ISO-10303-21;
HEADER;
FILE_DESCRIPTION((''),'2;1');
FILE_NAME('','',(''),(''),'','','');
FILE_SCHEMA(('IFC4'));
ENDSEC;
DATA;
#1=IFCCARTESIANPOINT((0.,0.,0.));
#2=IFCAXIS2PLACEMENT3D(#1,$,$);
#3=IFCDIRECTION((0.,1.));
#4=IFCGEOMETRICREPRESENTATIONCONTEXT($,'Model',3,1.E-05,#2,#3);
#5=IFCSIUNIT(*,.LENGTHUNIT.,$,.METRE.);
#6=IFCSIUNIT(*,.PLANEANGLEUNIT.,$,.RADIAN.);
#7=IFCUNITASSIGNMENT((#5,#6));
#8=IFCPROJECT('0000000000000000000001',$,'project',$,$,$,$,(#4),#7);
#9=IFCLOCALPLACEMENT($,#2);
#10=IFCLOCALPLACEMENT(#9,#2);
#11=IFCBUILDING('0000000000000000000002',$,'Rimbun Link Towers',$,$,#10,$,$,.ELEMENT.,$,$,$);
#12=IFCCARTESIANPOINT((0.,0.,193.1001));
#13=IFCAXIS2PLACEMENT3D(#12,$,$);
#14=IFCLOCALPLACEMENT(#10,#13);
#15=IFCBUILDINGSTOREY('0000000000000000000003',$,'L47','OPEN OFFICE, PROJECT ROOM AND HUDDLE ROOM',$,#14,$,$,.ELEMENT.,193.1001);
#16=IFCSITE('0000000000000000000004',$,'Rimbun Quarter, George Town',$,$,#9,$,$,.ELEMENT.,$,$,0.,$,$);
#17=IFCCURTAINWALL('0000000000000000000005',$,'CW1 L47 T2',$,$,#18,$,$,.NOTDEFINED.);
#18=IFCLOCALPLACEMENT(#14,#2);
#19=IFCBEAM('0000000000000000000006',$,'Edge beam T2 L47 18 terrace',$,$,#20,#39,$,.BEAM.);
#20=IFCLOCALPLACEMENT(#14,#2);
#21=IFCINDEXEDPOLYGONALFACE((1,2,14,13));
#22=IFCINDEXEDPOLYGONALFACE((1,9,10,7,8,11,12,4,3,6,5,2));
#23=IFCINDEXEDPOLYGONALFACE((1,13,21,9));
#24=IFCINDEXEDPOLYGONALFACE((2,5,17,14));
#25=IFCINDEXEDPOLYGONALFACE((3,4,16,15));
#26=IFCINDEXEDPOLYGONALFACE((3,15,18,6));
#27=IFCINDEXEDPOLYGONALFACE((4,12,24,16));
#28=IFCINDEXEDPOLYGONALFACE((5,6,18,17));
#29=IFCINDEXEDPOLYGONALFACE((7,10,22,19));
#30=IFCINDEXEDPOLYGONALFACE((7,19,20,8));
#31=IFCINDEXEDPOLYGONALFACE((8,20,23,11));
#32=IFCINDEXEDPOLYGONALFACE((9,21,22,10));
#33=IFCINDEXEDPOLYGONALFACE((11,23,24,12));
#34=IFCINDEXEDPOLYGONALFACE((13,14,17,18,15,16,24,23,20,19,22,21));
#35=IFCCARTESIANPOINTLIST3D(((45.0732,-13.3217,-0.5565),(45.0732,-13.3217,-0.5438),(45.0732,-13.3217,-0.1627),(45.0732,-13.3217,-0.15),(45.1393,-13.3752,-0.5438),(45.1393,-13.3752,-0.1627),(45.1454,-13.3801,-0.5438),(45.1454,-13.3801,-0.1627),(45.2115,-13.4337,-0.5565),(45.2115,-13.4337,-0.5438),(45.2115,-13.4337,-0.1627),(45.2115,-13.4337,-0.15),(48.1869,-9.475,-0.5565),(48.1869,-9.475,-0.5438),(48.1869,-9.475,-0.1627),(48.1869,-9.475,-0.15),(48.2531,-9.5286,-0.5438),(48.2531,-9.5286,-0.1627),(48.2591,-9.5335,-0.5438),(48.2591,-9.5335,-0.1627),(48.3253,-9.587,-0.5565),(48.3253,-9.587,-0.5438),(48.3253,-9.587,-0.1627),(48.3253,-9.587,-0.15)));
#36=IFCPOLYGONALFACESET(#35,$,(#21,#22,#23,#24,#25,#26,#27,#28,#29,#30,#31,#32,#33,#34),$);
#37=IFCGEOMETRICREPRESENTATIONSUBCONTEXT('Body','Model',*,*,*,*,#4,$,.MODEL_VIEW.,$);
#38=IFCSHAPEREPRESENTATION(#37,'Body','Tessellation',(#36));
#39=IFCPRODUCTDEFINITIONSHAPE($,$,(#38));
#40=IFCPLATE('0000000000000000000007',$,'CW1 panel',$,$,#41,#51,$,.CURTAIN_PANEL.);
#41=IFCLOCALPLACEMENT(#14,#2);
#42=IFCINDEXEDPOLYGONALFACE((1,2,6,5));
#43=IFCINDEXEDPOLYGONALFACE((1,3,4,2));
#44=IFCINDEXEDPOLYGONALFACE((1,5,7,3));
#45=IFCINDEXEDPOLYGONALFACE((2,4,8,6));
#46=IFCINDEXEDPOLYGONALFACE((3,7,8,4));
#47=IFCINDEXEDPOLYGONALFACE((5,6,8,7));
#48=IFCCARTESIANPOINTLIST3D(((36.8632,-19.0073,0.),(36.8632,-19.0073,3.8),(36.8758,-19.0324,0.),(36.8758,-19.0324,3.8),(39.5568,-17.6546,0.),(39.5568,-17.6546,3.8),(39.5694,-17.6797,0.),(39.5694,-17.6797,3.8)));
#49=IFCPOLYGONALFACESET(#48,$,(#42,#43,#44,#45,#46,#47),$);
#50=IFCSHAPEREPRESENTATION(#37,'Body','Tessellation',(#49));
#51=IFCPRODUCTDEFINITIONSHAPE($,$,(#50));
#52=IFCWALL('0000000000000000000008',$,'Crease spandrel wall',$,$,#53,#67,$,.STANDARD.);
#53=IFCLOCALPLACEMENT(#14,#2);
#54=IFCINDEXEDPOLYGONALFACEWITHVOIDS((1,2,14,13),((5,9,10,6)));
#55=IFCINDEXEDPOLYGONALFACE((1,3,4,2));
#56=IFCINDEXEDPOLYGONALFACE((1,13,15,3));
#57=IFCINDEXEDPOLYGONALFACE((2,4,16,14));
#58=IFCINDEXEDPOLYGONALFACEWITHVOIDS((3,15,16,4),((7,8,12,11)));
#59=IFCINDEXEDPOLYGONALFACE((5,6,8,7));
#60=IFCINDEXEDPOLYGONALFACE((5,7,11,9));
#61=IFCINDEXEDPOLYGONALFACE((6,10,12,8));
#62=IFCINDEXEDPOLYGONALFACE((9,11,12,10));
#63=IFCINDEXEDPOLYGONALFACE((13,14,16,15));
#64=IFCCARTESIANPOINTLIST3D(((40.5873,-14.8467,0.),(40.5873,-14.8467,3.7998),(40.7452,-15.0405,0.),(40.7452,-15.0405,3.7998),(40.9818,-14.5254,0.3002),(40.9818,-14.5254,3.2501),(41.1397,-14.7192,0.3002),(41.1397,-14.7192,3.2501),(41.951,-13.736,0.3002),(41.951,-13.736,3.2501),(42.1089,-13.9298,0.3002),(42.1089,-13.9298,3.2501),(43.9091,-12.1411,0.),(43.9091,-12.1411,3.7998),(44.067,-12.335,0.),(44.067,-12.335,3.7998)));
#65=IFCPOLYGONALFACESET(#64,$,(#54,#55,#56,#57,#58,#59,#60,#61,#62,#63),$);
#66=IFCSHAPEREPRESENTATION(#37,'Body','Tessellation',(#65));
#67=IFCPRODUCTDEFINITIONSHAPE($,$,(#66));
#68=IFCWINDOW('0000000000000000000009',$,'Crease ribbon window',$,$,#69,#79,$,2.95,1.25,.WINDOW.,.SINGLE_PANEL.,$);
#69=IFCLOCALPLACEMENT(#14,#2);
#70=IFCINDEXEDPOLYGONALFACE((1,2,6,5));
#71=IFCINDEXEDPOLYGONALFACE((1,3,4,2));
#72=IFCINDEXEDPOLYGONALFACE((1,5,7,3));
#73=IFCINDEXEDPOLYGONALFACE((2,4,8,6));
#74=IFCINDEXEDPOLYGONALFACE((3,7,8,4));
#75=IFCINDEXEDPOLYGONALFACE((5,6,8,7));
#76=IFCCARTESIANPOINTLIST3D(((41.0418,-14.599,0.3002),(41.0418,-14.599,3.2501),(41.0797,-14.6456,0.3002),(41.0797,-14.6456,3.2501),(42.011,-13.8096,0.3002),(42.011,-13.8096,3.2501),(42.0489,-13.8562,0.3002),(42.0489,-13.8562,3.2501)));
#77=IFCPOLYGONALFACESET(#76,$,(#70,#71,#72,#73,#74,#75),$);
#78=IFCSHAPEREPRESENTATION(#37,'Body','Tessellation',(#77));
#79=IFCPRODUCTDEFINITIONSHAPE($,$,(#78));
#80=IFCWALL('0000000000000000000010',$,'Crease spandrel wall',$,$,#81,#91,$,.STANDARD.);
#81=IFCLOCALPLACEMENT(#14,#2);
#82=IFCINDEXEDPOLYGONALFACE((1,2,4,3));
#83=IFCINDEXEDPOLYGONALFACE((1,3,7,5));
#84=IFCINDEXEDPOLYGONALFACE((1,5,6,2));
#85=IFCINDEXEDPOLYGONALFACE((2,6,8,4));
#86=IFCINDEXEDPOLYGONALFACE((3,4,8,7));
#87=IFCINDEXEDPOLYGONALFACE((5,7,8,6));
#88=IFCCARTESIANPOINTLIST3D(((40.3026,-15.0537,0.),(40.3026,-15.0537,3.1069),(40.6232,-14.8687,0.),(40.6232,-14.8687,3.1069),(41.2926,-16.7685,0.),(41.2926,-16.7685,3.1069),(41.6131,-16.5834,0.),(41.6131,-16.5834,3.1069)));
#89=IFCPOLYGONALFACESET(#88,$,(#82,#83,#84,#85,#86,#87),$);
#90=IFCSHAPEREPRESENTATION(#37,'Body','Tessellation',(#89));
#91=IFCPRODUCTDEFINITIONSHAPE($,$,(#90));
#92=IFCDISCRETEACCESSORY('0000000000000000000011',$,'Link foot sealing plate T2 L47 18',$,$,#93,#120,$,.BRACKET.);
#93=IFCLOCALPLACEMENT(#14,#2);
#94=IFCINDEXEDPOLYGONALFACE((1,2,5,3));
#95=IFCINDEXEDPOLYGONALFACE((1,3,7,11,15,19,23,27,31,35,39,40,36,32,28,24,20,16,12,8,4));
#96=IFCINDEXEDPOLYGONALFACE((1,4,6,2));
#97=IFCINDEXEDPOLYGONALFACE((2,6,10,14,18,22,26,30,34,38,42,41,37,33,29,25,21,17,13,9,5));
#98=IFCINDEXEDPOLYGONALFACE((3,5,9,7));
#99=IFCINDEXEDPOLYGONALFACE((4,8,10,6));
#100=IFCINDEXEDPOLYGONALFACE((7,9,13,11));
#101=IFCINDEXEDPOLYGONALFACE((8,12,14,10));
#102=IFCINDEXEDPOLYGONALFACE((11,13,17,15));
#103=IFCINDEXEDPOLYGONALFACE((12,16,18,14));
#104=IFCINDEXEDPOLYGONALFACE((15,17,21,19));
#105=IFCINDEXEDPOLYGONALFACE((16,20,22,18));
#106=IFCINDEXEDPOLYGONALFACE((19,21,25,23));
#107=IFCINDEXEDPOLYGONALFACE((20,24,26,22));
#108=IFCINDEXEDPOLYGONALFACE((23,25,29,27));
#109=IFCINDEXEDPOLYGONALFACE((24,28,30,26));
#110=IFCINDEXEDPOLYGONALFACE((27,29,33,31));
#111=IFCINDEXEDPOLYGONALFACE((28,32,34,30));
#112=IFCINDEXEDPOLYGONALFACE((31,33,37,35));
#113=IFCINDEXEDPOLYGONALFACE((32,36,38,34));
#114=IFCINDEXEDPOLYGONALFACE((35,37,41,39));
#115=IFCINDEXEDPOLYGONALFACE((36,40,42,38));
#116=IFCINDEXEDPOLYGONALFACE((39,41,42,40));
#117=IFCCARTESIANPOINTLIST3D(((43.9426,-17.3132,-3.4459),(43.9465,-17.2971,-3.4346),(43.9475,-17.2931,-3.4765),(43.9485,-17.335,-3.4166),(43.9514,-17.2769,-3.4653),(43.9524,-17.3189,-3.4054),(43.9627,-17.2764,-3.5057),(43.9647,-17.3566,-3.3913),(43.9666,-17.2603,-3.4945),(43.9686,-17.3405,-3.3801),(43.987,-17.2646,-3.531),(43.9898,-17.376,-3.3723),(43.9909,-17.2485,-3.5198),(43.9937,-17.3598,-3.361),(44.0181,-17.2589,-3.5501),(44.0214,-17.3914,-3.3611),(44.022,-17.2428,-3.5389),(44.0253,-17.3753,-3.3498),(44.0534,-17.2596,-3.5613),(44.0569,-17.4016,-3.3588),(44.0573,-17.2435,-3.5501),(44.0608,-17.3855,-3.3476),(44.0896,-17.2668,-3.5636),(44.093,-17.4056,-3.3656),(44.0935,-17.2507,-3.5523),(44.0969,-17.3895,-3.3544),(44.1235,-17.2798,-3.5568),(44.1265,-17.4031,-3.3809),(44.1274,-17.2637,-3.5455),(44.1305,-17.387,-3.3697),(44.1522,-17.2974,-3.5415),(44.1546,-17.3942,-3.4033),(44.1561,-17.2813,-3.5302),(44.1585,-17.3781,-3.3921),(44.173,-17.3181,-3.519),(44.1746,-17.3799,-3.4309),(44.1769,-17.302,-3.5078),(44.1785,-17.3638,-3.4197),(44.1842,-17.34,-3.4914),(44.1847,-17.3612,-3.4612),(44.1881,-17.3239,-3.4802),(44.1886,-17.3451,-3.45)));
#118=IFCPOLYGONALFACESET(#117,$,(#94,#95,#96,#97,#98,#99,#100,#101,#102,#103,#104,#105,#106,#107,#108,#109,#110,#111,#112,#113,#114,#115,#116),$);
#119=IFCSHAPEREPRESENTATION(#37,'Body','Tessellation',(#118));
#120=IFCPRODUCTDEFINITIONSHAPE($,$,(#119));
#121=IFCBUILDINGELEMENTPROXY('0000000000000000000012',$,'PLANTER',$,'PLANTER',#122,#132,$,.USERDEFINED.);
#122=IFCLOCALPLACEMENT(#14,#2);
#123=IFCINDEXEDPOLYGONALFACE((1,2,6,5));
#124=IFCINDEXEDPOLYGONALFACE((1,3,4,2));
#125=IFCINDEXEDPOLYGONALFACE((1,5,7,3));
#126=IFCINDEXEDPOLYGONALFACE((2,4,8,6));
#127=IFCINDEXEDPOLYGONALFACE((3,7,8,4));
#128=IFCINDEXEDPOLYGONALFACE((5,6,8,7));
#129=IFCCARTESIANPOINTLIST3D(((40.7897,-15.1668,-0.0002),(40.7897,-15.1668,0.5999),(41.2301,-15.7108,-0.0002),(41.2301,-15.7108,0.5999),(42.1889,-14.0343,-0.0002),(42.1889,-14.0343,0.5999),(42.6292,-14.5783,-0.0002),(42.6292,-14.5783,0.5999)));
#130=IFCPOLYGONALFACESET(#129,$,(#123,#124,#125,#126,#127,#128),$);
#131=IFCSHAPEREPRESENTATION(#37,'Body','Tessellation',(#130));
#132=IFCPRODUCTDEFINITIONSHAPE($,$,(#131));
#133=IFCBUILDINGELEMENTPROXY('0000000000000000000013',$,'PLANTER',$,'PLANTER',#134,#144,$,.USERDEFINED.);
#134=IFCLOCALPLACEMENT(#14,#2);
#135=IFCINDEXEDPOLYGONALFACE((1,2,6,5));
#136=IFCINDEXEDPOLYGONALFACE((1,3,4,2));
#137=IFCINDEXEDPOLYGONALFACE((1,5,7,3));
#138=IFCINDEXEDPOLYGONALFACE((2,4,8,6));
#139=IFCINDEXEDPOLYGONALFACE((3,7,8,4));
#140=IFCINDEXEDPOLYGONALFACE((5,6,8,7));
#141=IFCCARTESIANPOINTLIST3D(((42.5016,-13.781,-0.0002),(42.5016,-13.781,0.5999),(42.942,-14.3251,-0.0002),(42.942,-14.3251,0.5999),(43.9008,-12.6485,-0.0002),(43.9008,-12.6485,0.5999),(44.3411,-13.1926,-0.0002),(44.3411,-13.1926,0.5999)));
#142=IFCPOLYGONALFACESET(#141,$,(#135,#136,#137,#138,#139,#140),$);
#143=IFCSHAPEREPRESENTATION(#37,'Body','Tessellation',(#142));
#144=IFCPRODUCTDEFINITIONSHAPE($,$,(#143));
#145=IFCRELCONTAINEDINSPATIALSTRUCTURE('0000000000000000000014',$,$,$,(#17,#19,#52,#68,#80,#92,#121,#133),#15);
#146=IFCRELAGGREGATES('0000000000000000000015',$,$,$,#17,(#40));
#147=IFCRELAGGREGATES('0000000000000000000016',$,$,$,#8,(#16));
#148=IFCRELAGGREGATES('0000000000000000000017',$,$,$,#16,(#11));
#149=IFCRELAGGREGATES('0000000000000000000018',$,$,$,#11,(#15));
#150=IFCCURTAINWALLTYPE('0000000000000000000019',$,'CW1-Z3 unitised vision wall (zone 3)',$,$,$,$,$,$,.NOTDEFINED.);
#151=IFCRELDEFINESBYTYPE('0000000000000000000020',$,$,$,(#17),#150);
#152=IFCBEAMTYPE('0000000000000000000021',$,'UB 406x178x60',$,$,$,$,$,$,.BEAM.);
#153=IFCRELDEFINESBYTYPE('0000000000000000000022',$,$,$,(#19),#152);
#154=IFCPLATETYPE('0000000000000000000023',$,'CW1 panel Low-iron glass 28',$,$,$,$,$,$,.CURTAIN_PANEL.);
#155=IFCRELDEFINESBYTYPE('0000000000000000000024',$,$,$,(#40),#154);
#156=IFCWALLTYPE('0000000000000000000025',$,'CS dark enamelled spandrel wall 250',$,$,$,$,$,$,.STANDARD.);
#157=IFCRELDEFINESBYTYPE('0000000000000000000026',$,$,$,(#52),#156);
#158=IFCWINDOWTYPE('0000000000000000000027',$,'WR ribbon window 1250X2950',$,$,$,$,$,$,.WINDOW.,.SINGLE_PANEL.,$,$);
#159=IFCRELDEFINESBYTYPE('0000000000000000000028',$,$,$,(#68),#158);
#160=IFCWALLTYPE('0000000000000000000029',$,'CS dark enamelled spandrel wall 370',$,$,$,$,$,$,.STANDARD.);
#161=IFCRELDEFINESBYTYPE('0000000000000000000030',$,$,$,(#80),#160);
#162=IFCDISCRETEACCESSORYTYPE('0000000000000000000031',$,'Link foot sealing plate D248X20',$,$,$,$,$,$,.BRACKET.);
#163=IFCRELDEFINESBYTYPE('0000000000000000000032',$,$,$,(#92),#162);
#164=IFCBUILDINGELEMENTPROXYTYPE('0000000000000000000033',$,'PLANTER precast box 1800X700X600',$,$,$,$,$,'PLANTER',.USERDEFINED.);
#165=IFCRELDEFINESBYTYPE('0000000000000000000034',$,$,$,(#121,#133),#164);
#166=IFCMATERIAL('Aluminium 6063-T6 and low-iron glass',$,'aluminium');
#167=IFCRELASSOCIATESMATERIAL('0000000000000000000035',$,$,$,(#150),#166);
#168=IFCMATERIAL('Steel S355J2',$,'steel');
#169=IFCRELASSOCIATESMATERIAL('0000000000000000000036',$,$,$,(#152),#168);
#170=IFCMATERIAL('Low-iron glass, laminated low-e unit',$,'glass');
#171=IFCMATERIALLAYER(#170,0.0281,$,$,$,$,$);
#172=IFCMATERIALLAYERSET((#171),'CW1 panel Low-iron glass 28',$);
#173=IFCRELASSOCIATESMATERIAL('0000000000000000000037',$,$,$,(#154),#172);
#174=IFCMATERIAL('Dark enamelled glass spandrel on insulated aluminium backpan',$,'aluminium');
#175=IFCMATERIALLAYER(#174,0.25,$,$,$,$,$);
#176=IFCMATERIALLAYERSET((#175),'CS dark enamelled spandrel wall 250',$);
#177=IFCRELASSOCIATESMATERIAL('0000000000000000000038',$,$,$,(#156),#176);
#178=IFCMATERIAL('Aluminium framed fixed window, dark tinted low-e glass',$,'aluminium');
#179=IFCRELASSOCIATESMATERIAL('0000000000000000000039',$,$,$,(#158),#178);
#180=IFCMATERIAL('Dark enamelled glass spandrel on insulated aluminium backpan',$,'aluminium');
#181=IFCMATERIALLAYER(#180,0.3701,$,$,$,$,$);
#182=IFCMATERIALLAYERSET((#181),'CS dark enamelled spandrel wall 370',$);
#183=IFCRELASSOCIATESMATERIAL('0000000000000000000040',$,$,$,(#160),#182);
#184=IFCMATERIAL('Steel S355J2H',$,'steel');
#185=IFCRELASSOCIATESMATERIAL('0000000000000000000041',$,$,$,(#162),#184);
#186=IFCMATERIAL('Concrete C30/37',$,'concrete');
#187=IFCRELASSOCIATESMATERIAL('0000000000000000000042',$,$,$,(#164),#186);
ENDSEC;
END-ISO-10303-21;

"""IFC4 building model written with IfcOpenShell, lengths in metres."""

from ifc_helpers import new_model, si_unit, direction, frame, frame_2d, origin, origin_2d, place, context, subcontext, project, spatial, rectangle, circle, i_section, extrude, material, layer, layer_set, material_profile, profile_set, type_object, element, fill, aggregate, save


model = new_model("IFC4")

# Units and contexts
model_context = context("Model", 3, precision=1e-05, world=origin(), true_north=direction((0.0, 1.0)))
body_context = subcontext(model_context, "Body", "Model", "MODEL_VIEW")
ifc_project = project(units=[si_unit("LENGTHUNIT", "METRE"), si_unit("PLANEANGLEUNIT", "RADIAN")], contexts=[model_context])

# Site, building, storey
site_placement = place(None, origin())
site = spatial("IfcSite", under=ifc_project, at=site_placement, Name="Rimbun Quarter, George Town", CompositionType="ELEMENT", RefElevation=0.0)
building_placement = place(site_placement, origin())
building = spatial("IfcBuilding", under=site, at=building_placement, Name="Rimbun Link Towers", CompositionType="ELEMENT")
storey_placement = place(building_placement, frame((0.0, 0.0, 193.1001)))
storey = spatial("IfcBuildingStorey", under=building, at=storey_placement, Name="L47", Description="OPEN OFFICE, PROJECT ROOM AND HUDDLE ROOM", CompositionType="ELEMENT", Elevation=193.1001)

# Curtain wall
ifc_material_1 = material(Name="Aluminium 6063-T6 and low-iron glass", Category="aluminium")
curtain_wall_type = type_object("IfcCurtainWallType", Name="CW1-Z3 unitised vision wall (zone 3)", PredefinedType="NOTDEFINED", material=ifc_material_1)
curtain_wall_placement = place(storey_placement, origin())
curtain_wall = element("IfcCurtainWall", 1, at=curtain_wall_placement, inside=storey, type_object=curtain_wall_type, Name="CW1 L47 T2", PredefinedType="NOTDEFINED")

# Beam
ifc_material_2 = material(Name="Steel S355J2", Category="steel")
ifc_material_profile_1 = material_profile(ifc_material_2, i_section(OverallWidth=0.178, OverallDepth=0.4065, WebThickness=0.0078, FlangeThickness=0.0127, at=origin_2d()), Name="UB 406x178x60")
ifc_profile_set_1 = profile_set([ifc_material_profile_1], Name="Steel S355J2")
beam_type = type_object("IfcBeamType", Name="UB 406x178x60", PredefinedType="BEAM", material=ifc_profile_set_1)
beam_1_placement = place(storey_placement, frame((45.1423, -13.3777, -0.3533), z_axis=(0.629173, 0.777266, 0.0), x_axis=(-0.777266, 0.629173, 0.0)))
element("IfcBeam", 2, at=beam_1_placement, inside=storey, type_object=beam_type, Name="Edge beam T2 L47 18 terrace", PredefinedType="BEAM", context=body_context, shape_type="SweptSolid", body=[
    extrude(i_section(OverallWidth=0.178, OverallDepth=0.4065, WebThickness=0.0078, FlangeThickness=0.0127, at=origin_2d()), origin(), (0.0, 0.0, 1.0), 4.949),
])

# Plate
ifc_material_3 = material(Name="Low-iron glass, laminated low-e unit", Category="glass")
ifc_layer_1 = layer(ifc_material_3, 0.0281)
ifc_layer_set_1 = layer_set([ifc_layer_1], Name="CW1 panel Low-iron glass 28")
plate_type = type_object("IfcPlateType", Name="CW1 panel Low-iron glass 28", PredefinedType="CURTAIN_PANEL", material=ifc_layer_set_1)
plate_placement = place(storey_placement, frame((38.2163, -18.3435, 0.0), z_axis=(0.0, 0.0, 1.0), x_axis=(-0.893646, -0.448772, 0.0)))
plate = element("IfcPlate", 3, at=plate_placement, type_object=plate_type, Name="CW1 panel", PredefinedType="CURTAIN_PANEL", context=body_context, shape_type="SweptSolid", body=[
    extrude(rectangle(XDim=3.0142, YDim=0.0281, at=origin_2d()), origin(), (0.0, 0.0, 1.0), 3.8),
])
aggregate(curtain_wall, [plate])

# Wall, opening, window
ifc_material_4 = material(Name="Dark enamelled glass spandrel on insulated aluminium backpan", Category="aluminium")
ifc_layer_2 = layer(ifc_material_4, 0.25)
ifc_layer_set_2 = layer_set([ifc_layer_2], Name="CS dark enamelled spandrel wall 250")
wall_type_1 = type_object("IfcWallType", Name="CS dark enamelled spandrel wall 250", PredefinedType="STANDARD", material=ifc_layer_set_2)
wall_1_placement = place(storey_placement, frame((43.988, -12.238, 0.0), z_axis=(0.0, 0.0, 1.0), x_axis=(-0.775357, -0.631523, 0.0)))
wall_1 = element("IfcWall", 4, at=wall_1_placement, inside=storey, type_object=wall_type_1, Name="Crease spandrel wall", PredefinedType="STANDARD", context=body_context, shape_type="SweptSolid", body=[
    extrude(rectangle(XDim=4.2842, YDim=0.25, at=frame_2d((2.1421, 0.0))), origin(), (0.0, 0.0, 1.0), 3.7998),
])
opening_placement = place(wall_1_placement, frame((2.5254, 0.0, 0.3)))
opening = element("IfcOpeningElement", 5, at=opening_placement, cuts=wall_1, PredefinedType="OPENING", context=body_context, shape_type="SweptSolid", body=[
    extrude(rectangle(XDim=1.25, YDim=2.95, at=frame_2d((0.625, 1.4751))), frame((0.0, 0.135, 0.0), z_axis=(0.0, -1.0, 0.0), x_axis=(1.0, 0.0, 0.0)), (0.0, 0.0, 1.0), 0.27),
])
ifc_material_5 = material(Name="Aluminium framed fixed window, dark tinted low-e glass", Category="aluminium")
window_type = type_object("IfcWindowType", Name="WR ribbon window 1250X2950", PartitioningType="SINGLE_PANEL", PredefinedType="WINDOW", material=ifc_material_5)
window_placement = place(opening_placement, origin())
window = element("IfcWindow", 6, at=window_placement, inside=storey, type_object=window_type, Name="Crease ribbon window", OverallHeight=2.95, OverallWidth=1.25, PartitioningType="SINGLE_PANEL", PredefinedType="WINDOW", context=body_context, shape_type="SweptSolid", body=[
    extrude(rectangle(XDim=1.25, YDim=2.95, at=frame_2d((0.625, 1.4751))), frame((0.0, 0.03, 0.0), z_axis=(0.0, -1.0, 0.0), x_axis=(1.0, 0.0, 0.0)), (0.0, 0.0, 1.0), 0.0601),
])
fill(opening, window)

# Wall
ifc_material_6 = material(Name="Dark enamelled glass spandrel on insulated aluminium backpan", Category="aluminium")
ifc_layer_3 = layer(ifc_material_6, 0.3701)
ifc_layer_set_3 = layer_set([ifc_layer_3], Name="CS dark enamelled spandrel wall 370")
wall_type_2 = type_object("IfcWallType", Name="CS dark enamelled spandrel wall 370", PredefinedType="STANDARD", material=ifc_layer_set_3)
wall_2_placement = place(storey_placement, frame((40.4629, -14.9612, 0.0), z_axis=(0.0, 0.0, 1.0), x_axis=(0.499971, -0.866042, 0.0)))
element("IfcWall", 7, at=wall_2_placement, inside=storey, type_object=wall_type_2, Name="Crease spandrel wall", PredefinedType="STANDARD", context=body_context, shape_type="SweptSolid", body=[
    extrude(rectangle(XDim=1.98, YDim=0.3701, at=frame_2d((0.99, 0.0))), origin(), (0.0, 0.0, 1.0), 3.1069),
])

# Discrete accessory
ifc_material_7 = material(Name="Steel S355J2H", Category="steel")
ifc_material_profile_2 = material_profile(ifc_material_7, circle(Radius=0.124, at=origin_2d()), Name="PL D248")
ifc_profile_set_2 = profile_set([ifc_material_profile_2], Name="Steel S355J2H")
discrete_accessory_type = type_object("IfcDiscreteAccessoryType", Name="Link foot sealing plate D248X20", PredefinedType="BRACKET", material=ifc_profile_set_2)
discrete_accessory_placement = place(storey_placement, frame((44.0681, -17.3159, -3.45), z_axis=(-0.195064, -0.804639, -0.560809), x_axis=(0.97185, -0.2356, 0.0)))
element("IfcDiscreteAccessory", 8, at=discrete_accessory_placement, inside=storey, type_object=discrete_accessory_type, Name="Link foot sealing plate T2 L47 18", PredefinedType="BRACKET", context=body_context, shape_type="SweptSolid", body=[
    extrude(circle(Radius=0.124, at=origin_2d()), origin(), (0.0, 0.0, 1.0), 0.02),
])

# Building element proxies
ifc_material_8 = material(Name="Concrete C30/37", Category="concrete")
building_element_proxy_type = type_object("IfcBuildingElementProxyType", Name="PLANTER precast box 1800X700X600", ElementType="PLANTER", PredefinedType="USERDEFINED", material=ifc_material_8)
for number, where, z_axis, x_axis, name in (
    (9, (41.7095, -14.8726, -0.0002), (0.0, 0.0, 1.0), (0.777279, 0.629156, 0.0), "PLANTER"),
    (10, (43.4214, -13.4868, -0.0002), (0.0, 0.0, 1.0), (0.777279, 0.629156, 0.0), "PLANTER"),
):
    element("IfcBuildingElementProxy", number, at=place(storey_placement, frame(where, z_axis=z_axis, x_axis=x_axis)), inside=storey, type_object=building_element_proxy_type, Name=name, ObjectType="PLANTER", PredefinedType="USERDEFINED", context=body_context, shape_type="SweptSolid", body=[
        extrude(rectangle(XDim=1.8, YDim=0.7, at=origin_2d()), origin(), (0.0, 0.0, 1.0), 0.6001),
    ])

save(model, "model.ifc")
